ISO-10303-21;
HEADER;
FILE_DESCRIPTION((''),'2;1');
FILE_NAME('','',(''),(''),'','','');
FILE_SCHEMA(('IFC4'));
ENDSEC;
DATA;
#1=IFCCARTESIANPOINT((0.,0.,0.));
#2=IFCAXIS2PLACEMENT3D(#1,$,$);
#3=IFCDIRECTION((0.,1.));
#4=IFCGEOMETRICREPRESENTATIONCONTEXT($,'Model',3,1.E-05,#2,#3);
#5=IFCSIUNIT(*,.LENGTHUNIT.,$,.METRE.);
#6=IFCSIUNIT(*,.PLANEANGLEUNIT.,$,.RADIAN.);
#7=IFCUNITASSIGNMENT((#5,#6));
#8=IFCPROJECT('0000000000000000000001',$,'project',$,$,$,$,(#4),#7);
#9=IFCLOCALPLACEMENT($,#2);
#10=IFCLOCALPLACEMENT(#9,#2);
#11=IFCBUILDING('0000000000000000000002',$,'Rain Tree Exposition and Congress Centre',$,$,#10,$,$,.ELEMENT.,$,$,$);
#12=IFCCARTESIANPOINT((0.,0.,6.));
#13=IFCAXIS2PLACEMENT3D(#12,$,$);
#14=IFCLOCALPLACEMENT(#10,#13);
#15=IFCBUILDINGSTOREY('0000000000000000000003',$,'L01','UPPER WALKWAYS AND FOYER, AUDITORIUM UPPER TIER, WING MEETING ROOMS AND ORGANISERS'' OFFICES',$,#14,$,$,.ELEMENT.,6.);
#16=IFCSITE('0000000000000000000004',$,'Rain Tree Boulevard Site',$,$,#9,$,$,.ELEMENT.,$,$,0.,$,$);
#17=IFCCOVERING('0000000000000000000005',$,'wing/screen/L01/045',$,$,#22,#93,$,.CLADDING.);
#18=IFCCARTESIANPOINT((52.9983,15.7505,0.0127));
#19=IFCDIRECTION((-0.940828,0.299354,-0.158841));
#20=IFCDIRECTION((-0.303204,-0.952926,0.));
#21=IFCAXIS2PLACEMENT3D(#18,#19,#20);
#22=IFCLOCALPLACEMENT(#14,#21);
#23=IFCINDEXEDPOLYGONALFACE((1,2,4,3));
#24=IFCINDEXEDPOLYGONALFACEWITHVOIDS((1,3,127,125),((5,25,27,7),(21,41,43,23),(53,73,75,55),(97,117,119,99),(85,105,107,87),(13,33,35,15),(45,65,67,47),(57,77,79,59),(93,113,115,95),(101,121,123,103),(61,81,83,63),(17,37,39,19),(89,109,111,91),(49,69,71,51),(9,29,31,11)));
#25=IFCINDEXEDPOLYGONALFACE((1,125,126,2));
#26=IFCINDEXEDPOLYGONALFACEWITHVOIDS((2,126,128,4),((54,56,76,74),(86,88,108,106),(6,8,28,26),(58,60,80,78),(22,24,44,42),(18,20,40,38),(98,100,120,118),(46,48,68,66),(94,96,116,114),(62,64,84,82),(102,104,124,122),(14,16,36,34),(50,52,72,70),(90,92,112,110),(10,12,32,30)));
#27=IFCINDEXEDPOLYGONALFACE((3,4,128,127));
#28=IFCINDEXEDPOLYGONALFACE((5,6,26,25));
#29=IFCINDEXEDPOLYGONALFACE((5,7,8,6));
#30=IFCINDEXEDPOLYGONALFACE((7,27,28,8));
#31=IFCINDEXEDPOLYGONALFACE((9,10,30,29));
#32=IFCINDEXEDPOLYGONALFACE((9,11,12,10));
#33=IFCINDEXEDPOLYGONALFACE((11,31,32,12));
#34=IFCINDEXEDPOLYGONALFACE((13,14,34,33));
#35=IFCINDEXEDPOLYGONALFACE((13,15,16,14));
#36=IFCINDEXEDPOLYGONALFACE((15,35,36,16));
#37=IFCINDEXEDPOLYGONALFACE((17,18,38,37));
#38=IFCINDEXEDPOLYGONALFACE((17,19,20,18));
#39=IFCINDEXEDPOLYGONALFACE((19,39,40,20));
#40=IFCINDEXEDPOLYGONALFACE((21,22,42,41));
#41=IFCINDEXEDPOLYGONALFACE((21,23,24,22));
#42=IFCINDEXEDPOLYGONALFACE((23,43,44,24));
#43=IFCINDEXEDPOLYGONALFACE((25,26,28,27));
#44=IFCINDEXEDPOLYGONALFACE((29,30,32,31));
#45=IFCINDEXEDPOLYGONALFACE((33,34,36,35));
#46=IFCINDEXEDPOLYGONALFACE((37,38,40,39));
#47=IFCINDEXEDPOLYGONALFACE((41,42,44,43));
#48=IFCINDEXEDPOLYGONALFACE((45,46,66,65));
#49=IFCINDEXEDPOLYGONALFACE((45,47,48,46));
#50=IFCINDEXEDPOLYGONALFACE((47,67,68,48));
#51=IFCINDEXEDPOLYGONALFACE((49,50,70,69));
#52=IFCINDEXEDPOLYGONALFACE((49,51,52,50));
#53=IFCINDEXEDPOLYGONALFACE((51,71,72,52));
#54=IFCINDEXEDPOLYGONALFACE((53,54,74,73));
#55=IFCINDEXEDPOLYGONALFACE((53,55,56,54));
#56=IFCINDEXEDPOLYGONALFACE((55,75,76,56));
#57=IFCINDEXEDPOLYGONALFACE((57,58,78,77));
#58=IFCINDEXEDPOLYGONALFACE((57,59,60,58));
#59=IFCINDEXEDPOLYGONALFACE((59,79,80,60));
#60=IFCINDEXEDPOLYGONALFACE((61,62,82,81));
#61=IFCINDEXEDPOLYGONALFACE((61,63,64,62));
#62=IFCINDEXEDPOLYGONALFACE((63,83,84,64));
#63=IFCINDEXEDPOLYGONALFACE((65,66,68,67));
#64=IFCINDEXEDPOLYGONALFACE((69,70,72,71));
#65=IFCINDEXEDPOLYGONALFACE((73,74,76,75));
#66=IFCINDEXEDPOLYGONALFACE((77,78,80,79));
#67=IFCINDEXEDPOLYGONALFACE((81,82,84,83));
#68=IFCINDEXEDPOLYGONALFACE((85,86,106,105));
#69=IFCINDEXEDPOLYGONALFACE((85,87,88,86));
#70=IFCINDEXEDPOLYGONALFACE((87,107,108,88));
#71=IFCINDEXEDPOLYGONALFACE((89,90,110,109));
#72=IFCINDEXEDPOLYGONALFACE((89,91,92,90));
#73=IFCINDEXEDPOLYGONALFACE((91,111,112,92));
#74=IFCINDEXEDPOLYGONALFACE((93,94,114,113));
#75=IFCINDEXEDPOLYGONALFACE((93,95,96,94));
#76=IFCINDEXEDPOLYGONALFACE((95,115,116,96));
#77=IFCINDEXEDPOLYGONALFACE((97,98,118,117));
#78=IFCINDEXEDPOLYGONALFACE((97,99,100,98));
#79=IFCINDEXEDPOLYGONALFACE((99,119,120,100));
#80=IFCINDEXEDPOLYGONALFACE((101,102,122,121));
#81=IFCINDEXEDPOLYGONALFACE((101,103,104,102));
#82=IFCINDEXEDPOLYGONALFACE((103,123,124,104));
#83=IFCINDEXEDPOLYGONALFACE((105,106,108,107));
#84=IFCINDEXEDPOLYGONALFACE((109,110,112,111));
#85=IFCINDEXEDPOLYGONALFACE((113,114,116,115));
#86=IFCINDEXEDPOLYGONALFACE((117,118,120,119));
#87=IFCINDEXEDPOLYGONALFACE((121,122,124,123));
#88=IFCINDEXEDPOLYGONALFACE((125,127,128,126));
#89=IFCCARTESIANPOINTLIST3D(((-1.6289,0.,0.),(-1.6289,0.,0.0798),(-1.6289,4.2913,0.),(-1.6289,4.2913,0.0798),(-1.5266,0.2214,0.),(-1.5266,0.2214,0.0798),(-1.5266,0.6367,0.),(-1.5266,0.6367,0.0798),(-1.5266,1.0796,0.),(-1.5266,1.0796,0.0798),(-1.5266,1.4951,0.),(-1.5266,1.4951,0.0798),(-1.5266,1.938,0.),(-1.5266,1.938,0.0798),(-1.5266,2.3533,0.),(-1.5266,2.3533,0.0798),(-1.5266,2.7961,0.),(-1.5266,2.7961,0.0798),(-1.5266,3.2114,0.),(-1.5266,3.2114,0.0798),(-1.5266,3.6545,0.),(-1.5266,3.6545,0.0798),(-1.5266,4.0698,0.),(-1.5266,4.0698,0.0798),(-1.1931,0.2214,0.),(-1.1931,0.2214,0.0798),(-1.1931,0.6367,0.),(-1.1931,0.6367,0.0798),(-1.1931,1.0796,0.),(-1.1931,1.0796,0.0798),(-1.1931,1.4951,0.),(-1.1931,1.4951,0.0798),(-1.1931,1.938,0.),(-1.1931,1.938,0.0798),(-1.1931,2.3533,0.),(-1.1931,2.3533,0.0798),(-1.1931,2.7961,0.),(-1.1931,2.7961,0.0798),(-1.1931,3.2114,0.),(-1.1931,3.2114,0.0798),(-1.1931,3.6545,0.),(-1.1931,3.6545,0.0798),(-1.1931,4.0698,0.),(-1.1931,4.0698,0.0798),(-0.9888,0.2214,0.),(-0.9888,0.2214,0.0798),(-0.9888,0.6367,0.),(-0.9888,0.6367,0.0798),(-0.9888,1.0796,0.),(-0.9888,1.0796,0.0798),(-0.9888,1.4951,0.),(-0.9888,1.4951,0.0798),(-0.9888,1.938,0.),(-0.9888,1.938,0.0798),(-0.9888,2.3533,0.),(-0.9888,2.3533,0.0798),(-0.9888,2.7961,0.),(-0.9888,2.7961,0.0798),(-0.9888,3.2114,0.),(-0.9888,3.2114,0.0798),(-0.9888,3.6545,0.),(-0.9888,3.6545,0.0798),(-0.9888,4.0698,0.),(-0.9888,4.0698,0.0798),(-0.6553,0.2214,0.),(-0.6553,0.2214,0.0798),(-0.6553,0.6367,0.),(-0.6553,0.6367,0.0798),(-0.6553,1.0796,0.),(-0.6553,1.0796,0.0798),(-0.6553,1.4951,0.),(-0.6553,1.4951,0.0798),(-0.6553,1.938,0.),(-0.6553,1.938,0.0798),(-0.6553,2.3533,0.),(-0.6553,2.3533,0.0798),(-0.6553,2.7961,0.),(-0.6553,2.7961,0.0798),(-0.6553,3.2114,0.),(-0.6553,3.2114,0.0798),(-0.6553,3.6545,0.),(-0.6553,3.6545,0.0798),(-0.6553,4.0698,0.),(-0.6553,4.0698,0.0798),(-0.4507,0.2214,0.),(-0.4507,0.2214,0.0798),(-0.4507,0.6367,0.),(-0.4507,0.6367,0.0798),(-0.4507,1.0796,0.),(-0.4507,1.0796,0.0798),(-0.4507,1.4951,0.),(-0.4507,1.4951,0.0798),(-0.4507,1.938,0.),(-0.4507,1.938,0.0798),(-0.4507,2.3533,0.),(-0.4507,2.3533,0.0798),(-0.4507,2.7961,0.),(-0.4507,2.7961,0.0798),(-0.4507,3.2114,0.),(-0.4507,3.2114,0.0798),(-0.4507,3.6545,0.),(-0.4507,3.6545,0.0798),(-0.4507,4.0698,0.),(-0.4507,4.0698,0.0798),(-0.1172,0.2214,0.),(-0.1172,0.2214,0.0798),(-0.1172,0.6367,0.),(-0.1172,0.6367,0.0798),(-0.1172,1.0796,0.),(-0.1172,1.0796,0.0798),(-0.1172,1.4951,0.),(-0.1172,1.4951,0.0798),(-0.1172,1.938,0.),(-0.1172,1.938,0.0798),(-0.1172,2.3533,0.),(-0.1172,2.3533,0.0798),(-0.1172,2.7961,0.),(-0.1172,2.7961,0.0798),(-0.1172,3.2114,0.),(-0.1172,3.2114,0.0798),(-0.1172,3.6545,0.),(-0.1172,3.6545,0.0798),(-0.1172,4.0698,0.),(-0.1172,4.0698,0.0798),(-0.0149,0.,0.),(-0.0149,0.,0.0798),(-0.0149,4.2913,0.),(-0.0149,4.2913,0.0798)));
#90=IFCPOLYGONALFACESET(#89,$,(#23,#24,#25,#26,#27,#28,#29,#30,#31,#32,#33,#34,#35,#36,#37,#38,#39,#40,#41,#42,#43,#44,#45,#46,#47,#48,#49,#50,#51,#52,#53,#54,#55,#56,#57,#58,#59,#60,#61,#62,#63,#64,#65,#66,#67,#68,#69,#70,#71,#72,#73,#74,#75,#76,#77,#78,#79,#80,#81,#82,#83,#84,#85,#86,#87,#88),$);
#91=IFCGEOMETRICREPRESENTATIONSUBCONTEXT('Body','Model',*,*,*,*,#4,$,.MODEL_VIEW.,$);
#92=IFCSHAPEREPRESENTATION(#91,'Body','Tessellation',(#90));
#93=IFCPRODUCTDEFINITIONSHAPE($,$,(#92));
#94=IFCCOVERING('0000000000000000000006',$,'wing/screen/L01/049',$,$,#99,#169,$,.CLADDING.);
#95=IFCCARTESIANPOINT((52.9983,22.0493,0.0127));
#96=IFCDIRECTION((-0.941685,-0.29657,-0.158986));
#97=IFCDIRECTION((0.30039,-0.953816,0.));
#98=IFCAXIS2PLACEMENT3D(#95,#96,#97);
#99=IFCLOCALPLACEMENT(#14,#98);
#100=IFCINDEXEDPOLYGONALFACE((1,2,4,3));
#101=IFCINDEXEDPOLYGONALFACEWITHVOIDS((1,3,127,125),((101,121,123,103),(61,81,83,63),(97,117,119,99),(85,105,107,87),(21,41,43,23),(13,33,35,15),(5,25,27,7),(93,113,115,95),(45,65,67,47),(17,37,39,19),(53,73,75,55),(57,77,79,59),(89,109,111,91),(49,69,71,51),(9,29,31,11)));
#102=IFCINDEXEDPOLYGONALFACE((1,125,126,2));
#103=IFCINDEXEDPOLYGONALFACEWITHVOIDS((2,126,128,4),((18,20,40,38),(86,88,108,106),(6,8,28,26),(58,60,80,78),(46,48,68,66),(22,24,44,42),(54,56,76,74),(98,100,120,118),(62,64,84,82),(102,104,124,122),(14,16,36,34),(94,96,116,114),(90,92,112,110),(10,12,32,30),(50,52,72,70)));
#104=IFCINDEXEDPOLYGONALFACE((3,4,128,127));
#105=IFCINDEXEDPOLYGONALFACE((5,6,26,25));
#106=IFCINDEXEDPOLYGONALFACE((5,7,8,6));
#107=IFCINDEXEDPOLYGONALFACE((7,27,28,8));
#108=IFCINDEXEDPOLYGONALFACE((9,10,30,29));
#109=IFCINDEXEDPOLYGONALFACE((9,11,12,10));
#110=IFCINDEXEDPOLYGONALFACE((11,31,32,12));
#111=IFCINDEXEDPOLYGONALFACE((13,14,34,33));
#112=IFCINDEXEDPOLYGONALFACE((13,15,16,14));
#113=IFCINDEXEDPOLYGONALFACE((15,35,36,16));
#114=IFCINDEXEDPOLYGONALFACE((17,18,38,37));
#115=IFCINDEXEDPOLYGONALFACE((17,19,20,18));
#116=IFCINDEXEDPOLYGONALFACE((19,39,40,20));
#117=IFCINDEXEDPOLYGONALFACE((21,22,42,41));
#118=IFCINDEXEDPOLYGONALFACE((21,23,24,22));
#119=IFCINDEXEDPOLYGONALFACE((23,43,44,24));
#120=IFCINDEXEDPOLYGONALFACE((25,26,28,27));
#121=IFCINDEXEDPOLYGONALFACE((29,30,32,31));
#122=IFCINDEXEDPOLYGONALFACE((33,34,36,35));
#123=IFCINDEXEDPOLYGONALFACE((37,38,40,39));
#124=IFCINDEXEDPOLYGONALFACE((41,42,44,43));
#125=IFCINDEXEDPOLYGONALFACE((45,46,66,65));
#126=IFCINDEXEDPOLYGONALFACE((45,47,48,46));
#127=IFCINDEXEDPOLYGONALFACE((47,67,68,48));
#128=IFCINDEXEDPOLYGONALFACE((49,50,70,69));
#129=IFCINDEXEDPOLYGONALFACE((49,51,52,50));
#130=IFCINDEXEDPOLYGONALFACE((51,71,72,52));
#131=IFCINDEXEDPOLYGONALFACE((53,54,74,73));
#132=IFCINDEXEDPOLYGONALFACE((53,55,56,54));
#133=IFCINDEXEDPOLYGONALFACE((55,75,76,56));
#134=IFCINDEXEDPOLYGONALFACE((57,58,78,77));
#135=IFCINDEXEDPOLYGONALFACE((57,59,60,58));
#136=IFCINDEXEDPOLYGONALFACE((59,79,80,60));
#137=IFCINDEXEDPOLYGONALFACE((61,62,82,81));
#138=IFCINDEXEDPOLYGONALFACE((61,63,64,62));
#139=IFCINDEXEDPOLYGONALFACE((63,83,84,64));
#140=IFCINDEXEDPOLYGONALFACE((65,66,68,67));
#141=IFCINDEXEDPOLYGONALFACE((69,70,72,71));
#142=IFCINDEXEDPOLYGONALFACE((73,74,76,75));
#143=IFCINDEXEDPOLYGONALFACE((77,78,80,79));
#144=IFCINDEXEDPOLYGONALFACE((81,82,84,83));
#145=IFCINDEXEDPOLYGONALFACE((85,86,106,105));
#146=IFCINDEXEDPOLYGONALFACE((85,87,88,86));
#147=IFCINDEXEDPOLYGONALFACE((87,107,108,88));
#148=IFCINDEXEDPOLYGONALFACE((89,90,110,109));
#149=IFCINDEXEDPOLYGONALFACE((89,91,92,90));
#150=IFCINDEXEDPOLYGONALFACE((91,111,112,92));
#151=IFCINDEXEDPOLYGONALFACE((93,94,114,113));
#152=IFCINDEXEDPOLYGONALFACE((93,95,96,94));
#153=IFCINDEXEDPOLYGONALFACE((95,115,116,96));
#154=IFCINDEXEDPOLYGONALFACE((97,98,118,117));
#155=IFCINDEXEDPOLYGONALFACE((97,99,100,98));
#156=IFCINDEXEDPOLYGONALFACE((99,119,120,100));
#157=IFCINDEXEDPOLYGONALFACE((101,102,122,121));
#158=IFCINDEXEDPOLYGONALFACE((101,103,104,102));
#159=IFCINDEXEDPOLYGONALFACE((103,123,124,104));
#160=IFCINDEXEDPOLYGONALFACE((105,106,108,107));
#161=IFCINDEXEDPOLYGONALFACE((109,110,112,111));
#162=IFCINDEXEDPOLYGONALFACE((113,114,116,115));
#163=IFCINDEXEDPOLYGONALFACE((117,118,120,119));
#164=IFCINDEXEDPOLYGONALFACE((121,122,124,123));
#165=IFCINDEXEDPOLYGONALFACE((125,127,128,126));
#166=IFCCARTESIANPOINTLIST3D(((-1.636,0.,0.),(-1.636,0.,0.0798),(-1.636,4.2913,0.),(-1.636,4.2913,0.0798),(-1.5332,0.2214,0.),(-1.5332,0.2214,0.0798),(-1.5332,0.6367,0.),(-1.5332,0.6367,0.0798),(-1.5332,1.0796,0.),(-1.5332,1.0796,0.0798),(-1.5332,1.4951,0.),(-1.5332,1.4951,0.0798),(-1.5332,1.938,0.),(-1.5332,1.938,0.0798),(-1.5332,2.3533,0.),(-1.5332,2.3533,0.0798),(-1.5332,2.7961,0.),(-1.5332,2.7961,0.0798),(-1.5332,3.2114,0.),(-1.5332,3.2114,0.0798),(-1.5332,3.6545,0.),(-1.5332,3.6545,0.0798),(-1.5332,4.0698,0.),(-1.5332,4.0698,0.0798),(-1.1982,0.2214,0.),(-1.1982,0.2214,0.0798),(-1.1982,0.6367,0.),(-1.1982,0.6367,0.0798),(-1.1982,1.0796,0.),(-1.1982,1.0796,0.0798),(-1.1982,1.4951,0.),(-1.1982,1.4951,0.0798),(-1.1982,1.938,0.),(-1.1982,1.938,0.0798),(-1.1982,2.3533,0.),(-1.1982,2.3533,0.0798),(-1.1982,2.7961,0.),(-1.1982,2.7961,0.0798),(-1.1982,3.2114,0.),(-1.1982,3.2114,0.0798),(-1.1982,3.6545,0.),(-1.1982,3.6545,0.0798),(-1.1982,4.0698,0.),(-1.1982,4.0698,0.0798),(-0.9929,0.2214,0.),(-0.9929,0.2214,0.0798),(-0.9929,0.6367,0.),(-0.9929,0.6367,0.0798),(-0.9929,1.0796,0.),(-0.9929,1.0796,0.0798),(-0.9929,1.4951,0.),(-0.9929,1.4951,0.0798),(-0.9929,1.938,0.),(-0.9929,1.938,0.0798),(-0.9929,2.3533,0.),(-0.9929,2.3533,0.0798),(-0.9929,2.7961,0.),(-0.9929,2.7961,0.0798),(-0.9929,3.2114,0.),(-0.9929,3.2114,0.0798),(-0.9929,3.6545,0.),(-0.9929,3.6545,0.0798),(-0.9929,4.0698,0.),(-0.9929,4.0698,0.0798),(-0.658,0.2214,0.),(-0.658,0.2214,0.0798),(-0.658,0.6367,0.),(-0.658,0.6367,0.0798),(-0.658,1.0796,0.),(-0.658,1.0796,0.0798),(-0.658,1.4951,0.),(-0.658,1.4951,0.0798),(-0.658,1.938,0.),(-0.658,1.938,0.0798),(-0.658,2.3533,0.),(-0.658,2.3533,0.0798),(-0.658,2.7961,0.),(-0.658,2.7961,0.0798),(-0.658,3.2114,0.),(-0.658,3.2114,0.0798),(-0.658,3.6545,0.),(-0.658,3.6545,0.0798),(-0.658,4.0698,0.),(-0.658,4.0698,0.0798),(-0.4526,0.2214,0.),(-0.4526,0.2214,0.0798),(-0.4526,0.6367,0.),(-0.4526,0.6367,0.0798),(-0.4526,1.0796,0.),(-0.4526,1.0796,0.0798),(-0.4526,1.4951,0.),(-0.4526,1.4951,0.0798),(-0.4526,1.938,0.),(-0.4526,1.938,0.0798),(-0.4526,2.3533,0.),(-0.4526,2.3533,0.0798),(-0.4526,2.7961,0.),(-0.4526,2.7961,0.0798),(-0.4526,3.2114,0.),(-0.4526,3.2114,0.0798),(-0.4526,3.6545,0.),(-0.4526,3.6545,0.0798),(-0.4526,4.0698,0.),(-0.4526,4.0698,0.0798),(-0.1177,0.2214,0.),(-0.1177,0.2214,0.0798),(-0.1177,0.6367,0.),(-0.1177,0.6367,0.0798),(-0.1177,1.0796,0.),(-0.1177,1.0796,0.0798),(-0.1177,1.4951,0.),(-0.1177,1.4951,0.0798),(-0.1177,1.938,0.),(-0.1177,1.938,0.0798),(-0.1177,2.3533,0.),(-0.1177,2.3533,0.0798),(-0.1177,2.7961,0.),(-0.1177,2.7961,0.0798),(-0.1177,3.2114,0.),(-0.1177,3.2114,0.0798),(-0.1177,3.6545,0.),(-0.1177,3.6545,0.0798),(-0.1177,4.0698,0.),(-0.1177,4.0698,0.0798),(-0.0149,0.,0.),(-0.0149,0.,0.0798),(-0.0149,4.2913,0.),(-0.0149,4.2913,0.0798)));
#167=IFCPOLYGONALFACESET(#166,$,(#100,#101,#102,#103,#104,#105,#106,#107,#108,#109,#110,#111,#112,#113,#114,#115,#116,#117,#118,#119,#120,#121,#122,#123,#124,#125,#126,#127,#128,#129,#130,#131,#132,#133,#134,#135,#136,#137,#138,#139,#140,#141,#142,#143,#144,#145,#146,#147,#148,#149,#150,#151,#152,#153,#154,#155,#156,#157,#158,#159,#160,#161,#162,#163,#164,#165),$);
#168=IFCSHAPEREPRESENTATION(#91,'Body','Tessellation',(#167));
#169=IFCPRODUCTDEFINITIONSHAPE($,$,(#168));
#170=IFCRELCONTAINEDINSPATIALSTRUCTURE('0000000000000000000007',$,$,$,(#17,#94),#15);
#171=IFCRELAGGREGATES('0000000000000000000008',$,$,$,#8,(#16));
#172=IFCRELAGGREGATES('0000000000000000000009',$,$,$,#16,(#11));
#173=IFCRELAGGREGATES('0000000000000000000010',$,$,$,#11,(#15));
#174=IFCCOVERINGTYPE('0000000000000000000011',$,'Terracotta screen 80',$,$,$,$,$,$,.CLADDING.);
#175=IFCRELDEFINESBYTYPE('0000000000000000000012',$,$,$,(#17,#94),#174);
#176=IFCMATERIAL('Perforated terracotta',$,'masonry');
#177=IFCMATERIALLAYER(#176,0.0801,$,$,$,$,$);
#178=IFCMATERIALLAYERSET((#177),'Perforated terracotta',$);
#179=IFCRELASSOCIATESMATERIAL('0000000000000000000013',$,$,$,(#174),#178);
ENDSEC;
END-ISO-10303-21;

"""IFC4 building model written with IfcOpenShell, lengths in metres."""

from ifc_helpers import new_model, si_unit, direction, frame, origin, place, context, subcontext, project, spatial, polyline, outline, extrude, material, layer, layer_set, type_object, element, save


model = new_model("IFC4")

# Units and contexts
model_context = context("Model", 3, precision=1e-05, world=origin(), true_north=direction((0.0, 1.0)))
body_context = subcontext(model_context, "Body", "Model", "MODEL_VIEW")
ifc_project = project(units=[si_unit("LENGTHUNIT", "METRE"), si_unit("PLANEANGLEUNIT", "RADIAN")], contexts=[model_context])

# Site, building, storey
site_placement = place(None, origin())
site = spatial("IfcSite", under=ifc_project, at=site_placement, Name="Rain Tree Boulevard Site", CompositionType="ELEMENT", RefElevation=0.0)
building_placement = place(site_placement, origin())
building = spatial("IfcBuilding", under=site, at=building_placement, Name="Rain Tree Exposition and Congress Centre", CompositionType="ELEMENT")
storey_placement = place(building_placement, frame((0.0, 0.0, 6.0)))
storey = spatial("IfcBuildingStorey", under=building, at=storey_placement, Name="L01", Description="UPPER WALKWAYS AND FOYER, AUDITORIUM UPPER TIER, WING MEETING ROOMS AND ORGANISERS' OFFICES", CompositionType="ELEMENT", Elevation=6.0)

# Coverings
ifc_material_1 = material(Name="Perforated terracotta", Category="masonry")
ifc_layer = layer(ifc_material_1, 0.0801)
ifc_layer_set = layer_set([ifc_layer], Name="Perforated terracotta")
covering_type = type_object("IfcCoveringType", Name="Terracotta screen 80", PredefinedType="CLADDING", material=ifc_layer_set)
covering_1_placement = place(storey_placement, frame((52.9983, 15.7505, 0.0127), z_axis=(-0.940828, 0.299354, -0.158841), x_axis=(-0.303204, -0.952926, 0.0)))
element("IfcCovering", 1, at=covering_1_placement, inside=storey, type_object=covering_type, Name="wing/screen/L01/045", PredefinedType="CLADDING", context=body_context, shape_type="SweptSolid", body=[
    extrude(outline(polyline([(-1.6289, 0.0), (-1.6289, 4.2913), (-0.0149, 4.2913), (-0.0149, 0.0), (-1.6289, 0.0)]), holes=[polyline([(-0.1172, 0.2214), (-0.1172, 0.6367), (-0.4507, 0.6367), (-0.4507, 0.2214), (-0.1172, 0.2214)]), polyline([(-0.1172, 1.0796), (-0.1172, 1.4951), (-0.4507, 1.4951), (-0.4507, 1.0796), (-0.1172, 1.0796)]), polyline([(-0.1172, 1.938), (-0.1172, 2.3533), (-0.4507, 2.3533), (-0.4507, 1.938), (-0.1172, 1.938)]), polyline([(-0.1172, 2.7961), (-0.1172, 3.2114), (-0.4507, 3.2114), (-0.4507, 2.7961), (-0.1172, 2.7961)]), polyline([(-0.1172, 3.6545), (-0.1172, 4.0698), (-0.4507, 4.0698), (-0.4507, 3.6545), (-0.1172, 3.6545)]), polyline([(-0.6553, 0.2214), (-0.6553, 0.6367), (-0.9888, 0.6367), (-0.9888, 0.2214), (-0.6553, 0.2214)]), polyline([(-0.6553, 1.0796), (-0.6553, 1.4951), (-0.9888, 1.4951), (-0.9888, 1.0796), (-0.6553, 1.0796)]), polyline([(-0.6553, 1.938), (-0.6553, 2.3533), (-0.9888, 2.3533), (-0.9888, 1.938), (-0.6553, 1.938)]), polyline([(-0.6553, 2.7961), (-0.6553, 3.2114), (-0.9888, 3.2114), (-0.9888, 2.7961), (-0.6553, 2.7961)]), polyline([(-0.6553, 3.6545), (-0.6553, 4.0698), (-0.9888, 4.0698), (-0.9888, 3.6545), (-0.6553, 3.6545)]), polyline([(-1.1931, 0.2214), (-1.1931, 0.6367), (-1.5266, 0.6367), (-1.5266, 0.2214), (-1.1931, 0.2214)]), polyline([(-1.1931, 1.0796), (-1.1931, 1.4951), (-1.5266, 1.4951), (-1.5266, 1.0796), (-1.1931, 1.0796)]), polyline([(-1.1931, 1.938), (-1.1931, 2.3533), (-1.5266, 2.3533), (-1.5266, 1.938), (-1.1931, 1.938)]), polyline([(-1.1931, 2.7961), (-1.1931, 3.2114), (-1.5266, 3.2114), (-1.5266, 2.7961), (-1.1931, 2.7961)]), polyline([(-1.1931, 3.6545), (-1.1931, 4.0698), (-1.5266, 4.0698), (-1.5266, 3.6545), (-1.1931, 3.6545)])]), origin(), (0.0, 0.0, 1.0), 0.0798),
])
covering_2_placement = place(storey_placement, frame((52.9983, 22.0493, 0.0127), z_axis=(-0.941685, -0.29657, -0.158986), x_axis=(0.30039, -0.953816, 0.0)))
element("IfcCovering", 2, at=covering_2_placement, inside=storey, type_object=covering_type, Name="wing/screen/L01/049", PredefinedType="CLADDING", context=body_context, shape_type="SweptSolid", body=[
    extrude(outline(polyline([(-1.636, 0.0), (-1.636, 4.2913), (-0.0149, 4.2913), (-0.0149, 0.0), (-1.636, 0.0)]), holes=[polyline([(-0.1177, 0.2214), (-0.1177, 0.6367), (-0.4526, 0.6367), (-0.4526, 0.2214), (-0.1177, 0.2214)]), polyline([(-0.1177, 1.0796), (-0.1177, 1.4951), (-0.4526, 1.4951), (-0.4526, 1.0796), (-0.1177, 1.0796)]), polyline([(-0.1177, 1.938), (-0.1177, 2.3533), (-0.4526, 2.3533), (-0.4526, 1.938), (-0.1177, 1.938)]), polyline([(-0.1177, 2.7961), (-0.1177, 3.2114), (-0.4526, 3.2114), (-0.4526, 2.7961), (-0.1177, 2.7961)]), polyline([(-0.1177, 3.6545), (-0.1177, 4.0698), (-0.4526, 4.0698), (-0.4526, 3.6545), (-0.1177, 3.6545)]), polyline([(-0.658, 0.2214), (-0.658, 0.6367), (-0.9929, 0.6367), (-0.9929, 0.2214), (-0.658, 0.2214)]), polyline([(-0.658, 1.0796), (-0.658, 1.4951), (-0.9929, 1.4951), (-0.9929, 1.0796), (-0.658, 1.0796)]), polyline([(-0.658, 1.938), (-0.658, 2.3533), (-0.9929, 2.3533), (-0.9929, 1.938), (-0.658, 1.938)]), polyline([(-0.658, 2.7961), (-0.658, 3.2114), (-0.9929, 3.2114), (-0.9929, 2.7961), (-0.658, 2.7961)]), polyline([(-0.658, 3.6545), (-0.658, 4.0698), (-0.9929, 4.0698), (-0.9929, 3.6545), (-0.658, 3.6545)]), polyline([(-1.1982, 0.2214), (-1.1982, 0.6367), (-1.5332, 0.6367), (-1.5332, 0.2214), (-1.1982, 0.2214)]), polyline([(-1.1982, 1.0796), (-1.1982, 1.4951), (-1.5332, 1.4951), (-1.5332, 1.0796), (-1.1982, 1.0796)]), polyline([(-1.1982, 1.938), (-1.1982, 2.3533), (-1.5332, 2.3533), (-1.5332, 1.938), (-1.1982, 1.938)]), polyline([(-1.1982, 2.7961), (-1.1982, 3.2114), (-1.5332, 3.2114), (-1.5332, 2.7961), (-1.1982, 2.7961)]), polyline([(-1.1982, 3.6545), (-1.1982, 4.0698), (-1.5332, 4.0698), (-1.5332, 3.6545), (-1.1982, 3.6545)])]), origin(), (0.0, 0.0, 1.0), 0.0798),
])

save(model, "model.ifc")
